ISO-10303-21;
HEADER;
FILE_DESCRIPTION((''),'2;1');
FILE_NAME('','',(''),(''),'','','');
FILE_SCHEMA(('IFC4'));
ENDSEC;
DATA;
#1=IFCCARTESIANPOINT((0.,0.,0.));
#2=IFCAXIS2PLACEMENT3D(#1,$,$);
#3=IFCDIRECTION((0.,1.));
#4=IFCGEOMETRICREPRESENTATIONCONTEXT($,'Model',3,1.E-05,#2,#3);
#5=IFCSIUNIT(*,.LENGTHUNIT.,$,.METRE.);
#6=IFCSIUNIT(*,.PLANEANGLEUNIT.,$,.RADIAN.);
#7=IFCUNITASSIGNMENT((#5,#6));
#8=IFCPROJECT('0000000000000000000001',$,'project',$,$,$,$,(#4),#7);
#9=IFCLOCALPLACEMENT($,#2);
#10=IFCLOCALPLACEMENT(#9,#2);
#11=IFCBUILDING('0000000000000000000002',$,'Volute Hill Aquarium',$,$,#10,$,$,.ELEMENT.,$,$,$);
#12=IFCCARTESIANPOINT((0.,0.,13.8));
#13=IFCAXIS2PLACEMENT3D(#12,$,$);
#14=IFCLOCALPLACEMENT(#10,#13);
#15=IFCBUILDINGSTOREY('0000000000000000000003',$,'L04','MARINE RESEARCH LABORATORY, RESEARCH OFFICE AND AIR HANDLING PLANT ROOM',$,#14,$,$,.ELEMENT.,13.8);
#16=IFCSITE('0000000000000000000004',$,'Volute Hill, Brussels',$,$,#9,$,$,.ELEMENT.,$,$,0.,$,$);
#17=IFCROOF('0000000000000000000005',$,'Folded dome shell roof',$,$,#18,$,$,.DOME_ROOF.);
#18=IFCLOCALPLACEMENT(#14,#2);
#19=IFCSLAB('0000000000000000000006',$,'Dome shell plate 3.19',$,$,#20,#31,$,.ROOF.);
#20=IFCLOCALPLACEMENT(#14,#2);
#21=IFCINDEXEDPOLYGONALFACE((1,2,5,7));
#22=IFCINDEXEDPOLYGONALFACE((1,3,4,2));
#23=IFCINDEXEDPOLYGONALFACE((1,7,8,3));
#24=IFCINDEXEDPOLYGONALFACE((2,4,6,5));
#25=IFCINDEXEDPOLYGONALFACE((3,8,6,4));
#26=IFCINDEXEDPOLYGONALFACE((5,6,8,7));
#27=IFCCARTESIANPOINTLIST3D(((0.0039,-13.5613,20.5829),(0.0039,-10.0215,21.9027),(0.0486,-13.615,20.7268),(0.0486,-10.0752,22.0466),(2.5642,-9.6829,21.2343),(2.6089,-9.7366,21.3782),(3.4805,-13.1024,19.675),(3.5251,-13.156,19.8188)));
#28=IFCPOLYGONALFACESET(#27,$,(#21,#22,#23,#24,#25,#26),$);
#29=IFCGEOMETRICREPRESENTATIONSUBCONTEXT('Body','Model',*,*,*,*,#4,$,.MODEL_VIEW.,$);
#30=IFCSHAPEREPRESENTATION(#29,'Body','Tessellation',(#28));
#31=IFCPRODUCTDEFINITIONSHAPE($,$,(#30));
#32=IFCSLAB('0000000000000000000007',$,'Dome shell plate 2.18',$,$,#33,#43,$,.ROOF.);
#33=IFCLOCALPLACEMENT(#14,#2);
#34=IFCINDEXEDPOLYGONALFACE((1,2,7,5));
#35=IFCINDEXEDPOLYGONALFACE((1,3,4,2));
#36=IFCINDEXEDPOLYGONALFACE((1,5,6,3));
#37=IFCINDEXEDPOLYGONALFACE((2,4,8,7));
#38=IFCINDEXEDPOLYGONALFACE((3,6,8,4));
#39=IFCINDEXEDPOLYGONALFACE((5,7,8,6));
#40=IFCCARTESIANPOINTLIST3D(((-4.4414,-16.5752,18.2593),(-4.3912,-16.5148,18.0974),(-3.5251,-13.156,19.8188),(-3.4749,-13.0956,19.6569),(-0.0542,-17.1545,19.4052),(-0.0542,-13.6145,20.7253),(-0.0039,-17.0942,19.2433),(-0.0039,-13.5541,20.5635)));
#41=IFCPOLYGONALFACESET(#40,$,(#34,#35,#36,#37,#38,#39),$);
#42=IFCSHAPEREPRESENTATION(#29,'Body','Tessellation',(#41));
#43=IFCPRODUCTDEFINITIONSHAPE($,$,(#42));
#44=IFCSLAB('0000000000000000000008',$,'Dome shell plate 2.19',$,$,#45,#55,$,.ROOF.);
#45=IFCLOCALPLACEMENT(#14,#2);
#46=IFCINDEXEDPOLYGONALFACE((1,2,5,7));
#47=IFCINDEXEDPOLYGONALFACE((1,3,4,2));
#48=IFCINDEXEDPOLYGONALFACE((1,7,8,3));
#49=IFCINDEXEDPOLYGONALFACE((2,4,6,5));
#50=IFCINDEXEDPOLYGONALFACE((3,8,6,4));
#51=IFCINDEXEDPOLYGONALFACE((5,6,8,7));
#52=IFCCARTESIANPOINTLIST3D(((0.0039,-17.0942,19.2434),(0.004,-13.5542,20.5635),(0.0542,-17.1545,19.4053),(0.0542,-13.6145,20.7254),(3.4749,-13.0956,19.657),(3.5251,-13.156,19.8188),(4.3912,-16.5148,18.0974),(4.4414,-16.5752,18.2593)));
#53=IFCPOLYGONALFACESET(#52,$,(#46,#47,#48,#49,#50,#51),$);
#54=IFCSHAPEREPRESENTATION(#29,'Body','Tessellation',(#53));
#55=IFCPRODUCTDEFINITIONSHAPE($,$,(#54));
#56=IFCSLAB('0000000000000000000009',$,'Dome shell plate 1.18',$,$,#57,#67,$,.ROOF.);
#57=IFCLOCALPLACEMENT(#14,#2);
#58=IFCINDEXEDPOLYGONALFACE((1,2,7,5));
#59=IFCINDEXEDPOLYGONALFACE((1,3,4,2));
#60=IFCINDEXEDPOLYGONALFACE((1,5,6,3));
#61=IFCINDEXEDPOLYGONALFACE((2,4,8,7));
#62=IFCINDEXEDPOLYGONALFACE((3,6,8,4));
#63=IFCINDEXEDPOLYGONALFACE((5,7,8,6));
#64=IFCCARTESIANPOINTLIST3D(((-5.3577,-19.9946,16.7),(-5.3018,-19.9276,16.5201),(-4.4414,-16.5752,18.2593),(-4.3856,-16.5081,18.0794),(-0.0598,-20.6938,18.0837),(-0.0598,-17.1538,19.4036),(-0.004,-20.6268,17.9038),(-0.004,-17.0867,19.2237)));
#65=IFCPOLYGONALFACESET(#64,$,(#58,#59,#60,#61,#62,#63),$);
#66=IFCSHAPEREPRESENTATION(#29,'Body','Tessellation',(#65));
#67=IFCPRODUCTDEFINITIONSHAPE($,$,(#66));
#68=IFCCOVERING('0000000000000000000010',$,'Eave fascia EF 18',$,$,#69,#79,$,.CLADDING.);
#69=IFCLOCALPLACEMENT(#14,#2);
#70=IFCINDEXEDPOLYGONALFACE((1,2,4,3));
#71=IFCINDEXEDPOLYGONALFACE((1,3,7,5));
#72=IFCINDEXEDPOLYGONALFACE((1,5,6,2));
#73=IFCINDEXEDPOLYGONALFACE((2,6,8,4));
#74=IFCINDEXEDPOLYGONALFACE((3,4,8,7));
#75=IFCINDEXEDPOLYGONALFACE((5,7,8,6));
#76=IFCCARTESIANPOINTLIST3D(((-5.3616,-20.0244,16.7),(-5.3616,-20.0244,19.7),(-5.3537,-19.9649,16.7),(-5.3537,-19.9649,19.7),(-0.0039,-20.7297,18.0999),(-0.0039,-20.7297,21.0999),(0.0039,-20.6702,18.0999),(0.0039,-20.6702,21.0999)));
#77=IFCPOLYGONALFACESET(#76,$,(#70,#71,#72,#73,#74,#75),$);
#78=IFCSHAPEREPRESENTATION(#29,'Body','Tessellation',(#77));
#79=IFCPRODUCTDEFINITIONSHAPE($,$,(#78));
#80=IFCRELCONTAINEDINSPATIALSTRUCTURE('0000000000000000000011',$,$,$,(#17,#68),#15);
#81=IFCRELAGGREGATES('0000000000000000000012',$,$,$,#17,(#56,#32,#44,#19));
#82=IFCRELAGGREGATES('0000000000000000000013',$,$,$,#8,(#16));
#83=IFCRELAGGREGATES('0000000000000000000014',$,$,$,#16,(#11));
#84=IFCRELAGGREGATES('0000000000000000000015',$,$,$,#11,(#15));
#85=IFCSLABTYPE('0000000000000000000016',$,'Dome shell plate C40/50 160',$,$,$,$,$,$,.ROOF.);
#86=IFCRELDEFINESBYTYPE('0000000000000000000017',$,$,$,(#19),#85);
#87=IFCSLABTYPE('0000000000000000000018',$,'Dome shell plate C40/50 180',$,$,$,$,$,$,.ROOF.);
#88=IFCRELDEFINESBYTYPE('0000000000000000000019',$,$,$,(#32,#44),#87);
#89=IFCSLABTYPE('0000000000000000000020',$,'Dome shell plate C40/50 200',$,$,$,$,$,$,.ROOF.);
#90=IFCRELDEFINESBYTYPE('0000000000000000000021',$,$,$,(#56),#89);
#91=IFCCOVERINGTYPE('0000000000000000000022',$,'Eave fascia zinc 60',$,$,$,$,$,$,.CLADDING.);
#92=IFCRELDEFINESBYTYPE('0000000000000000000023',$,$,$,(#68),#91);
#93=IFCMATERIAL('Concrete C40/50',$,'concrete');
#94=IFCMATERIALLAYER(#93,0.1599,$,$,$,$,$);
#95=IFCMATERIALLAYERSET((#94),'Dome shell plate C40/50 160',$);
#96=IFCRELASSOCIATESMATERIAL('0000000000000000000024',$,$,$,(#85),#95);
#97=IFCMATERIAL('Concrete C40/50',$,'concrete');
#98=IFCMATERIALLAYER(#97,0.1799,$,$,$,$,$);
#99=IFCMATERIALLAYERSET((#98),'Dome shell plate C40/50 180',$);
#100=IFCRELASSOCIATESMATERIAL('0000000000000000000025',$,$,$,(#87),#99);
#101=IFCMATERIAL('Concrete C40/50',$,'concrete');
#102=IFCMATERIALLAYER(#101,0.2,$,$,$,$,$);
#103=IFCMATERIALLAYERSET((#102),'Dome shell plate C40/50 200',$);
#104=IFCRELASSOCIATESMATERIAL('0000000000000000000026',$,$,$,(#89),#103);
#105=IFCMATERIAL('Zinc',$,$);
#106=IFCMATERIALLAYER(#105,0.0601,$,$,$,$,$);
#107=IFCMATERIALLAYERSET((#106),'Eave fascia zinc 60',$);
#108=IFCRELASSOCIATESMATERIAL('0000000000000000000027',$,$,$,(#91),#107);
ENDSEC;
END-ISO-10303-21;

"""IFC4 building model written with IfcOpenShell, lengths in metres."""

from ifc_helpers import new_model, si_unit, direction, frame, origin, place, context, subcontext, project, spatial, polyline, outline, extrude, material, layer, layer_set, type_object, element, aggregate, save


model = new_model("IFC4")

# Units and contexts
model_context = context("Model", 3, precision=1e-05, world=origin(), true_north=direction((0.0, 1.0)))
body_context = subcontext(model_context, "Body", "Model", "MODEL_VIEW")
ifc_project = project(units=[si_unit("LENGTHUNIT", "METRE"), si_unit("PLANEANGLEUNIT", "RADIAN")], contexts=[model_context])

# Site, building, storey
site_placement = place(None, origin())
site = spatial("IfcSite", under=ifc_project, at=site_placement, Name="Volute Hill, Brussels", CompositionType="ELEMENT", RefElevation=0.0)
building_placement = place(site_placement, origin())
building = spatial("IfcBuilding", under=site, at=building_placement, Name="Volute Hill Aquarium", CompositionType="ELEMENT")
storey_placement = place(building_placement, frame((0.0, 0.0, 13.8)))
storey = spatial("IfcBuildingStorey", under=building, at=storey_placement, Name="L04", Description="MARINE RESEARCH LABORATORY, RESEARCH OFFICE AND AIR HANDLING PLANT ROOM", CompositionType="ELEMENT", Elevation=13.8)

# Roof, slabs
roof_placement = place(storey_placement, origin())
roof = element("IfcRoof", 1, at=roof_placement, inside=storey, Name="Folded dome shell roof", PredefinedType="DOME_ROOF")
ifc_material_1 = material(Name="Concrete C40/50", Category="concrete")
ifc_layer_1 = layer(ifc_material_1, 0.1599)
ifc_layer_set_1 = layer_set([ifc_layer_1], Name="Dome shell plate C40/50 160")
slab_type_1 = type_object("IfcSlabType", Name="Dome shell plate C40/50 160", PredefinedType="ROOF", material=ifc_layer_set_1)
slab_1_placement = place(storey_placement, frame((0.0486, -13.615, 20.7268), z_axis=(0.279264, -0.335457, 0.899711), x_axis=(0.959748, 0.126709, -0.250656)))
slab_1 = element("IfcSlab", 2, at=slab_1_placement, type_object=slab_type_1, Name="Dome shell plate 3.19", PredefinedType="ROOF", context=body_context, shape_type="SweptSolid", body=[
    extrude(outline(polyline([(0.0, 0.0), (3.6224, 0.0), (2.7854, 3.7766), (0.1177, 3.776), (0.0, 0.0)])), origin(), (0.0, 0.0, -1.0), 0.1599),
])
ifc_material_2 = material(Name="Concrete C40/50", Category="concrete")
ifc_layer_2 = layer(ifc_material_2, 0.1799)
ifc_layer_set_2 = layer_set([ifc_layer_2], Name="Dome shell plate C40/50 180")
slab_type_2 = type_object("IfcSlabType", Name="Dome shell plate C40/50 180", PredefinedType="ROOF", material=ifc_layer_set_2)
slab_2_placement = place(storey_placement, frame((-4.4414, -16.5752, 18.2593), z_axis=(-0.279301, -0.335504, 0.899682), x_axis=(0.959738, -0.126732, 0.250684)))
slab_2 = element("IfcSlab", 3, at=slab_2_placement, type_object=slab_type_2, Name="Dome shell plate 2.18", PredefinedType="ROOF", context=body_context, shape_type="SweptSolid", body=[
    extrude(outline(polyline([(0.0, 0.0), (4.5713, 0.0), (4.4536, 3.7763), (0.837, 3.7765), (0.0, 0.0)])), origin(), (0.0, 0.0, -1.0), 0.1799),
])
slab_3_placement = place(storey_placement, frame((0.0542, -17.1545, 19.4053), z_axis=(0.279301, -0.335504, 0.899682), x_axis=(0.959738, 0.126732, -0.250684)))
slab_3 = element("IfcSlab", 4, at=slab_3_placement, type_object=slab_type_2, Name="Dome shell plate 2.19", PredefinedType="ROOF", context=body_context, shape_type="SweptSolid", body=[
    extrude(outline(polyline([(0.0, 0.0), (4.5713, 0.0), (3.7343, 3.7765), (0.1177, 3.7763), (0.0, 0.0)])), origin(), (0.0, 0.0, -1.0), 0.1799),
])
ifc_material_3 = material(Name="Concrete C40/50", Category="concrete")
ifc_layer_3 = layer(ifc_material_3, 0.2)
ifc_layer_set_3 = layer_set([ifc_layer_3], Name="Dome shell plate C40/50 200")
slab_type_3 = type_object("IfcSlabType", Name="Dome shell plate C40/50 200", PredefinedType="ROOF", material=ifc_layer_set_3)
slab_4_placement = place(storey_placement, frame((-5.3577, -19.9946, 16.7), z_axis=(-0.279271, -0.335446, 0.899713), x_axis=(0.959747, -0.126667, 0.250679)))
slab_4 = element("IfcSlab", 5, at=slab_4_placement, type_object=slab_type_3, Name="Dome shell plate 1.18", PredefinedType="ROOF", context=body_context, shape_type="SweptSolid", body=[
    extrude(outline(polyline([(0.0, 0.0), (5.5201, 0.0), (5.4025, 3.7762), (0.8371, 3.7766), (0.0, 0.0)])), origin(), (0.0, 0.0, -1.0), 0.2),
])
aggregate(roof, [slab_4, slab_2, slab_3, slab_1])

# Covering
ifc_material_4 = material(Name="Zinc")
ifc_layer_4 = layer(ifc_material_4, 0.0601)
ifc_layer_set_4 = layer_set([ifc_layer_4], Name="Eave fascia zinc 60")
covering_type = type_object("IfcCoveringType", Name="Eave fascia zinc 60", PredefinedType="CLADDING", material=ifc_layer_set_4)
covering_placement = place(storey_placement, frame((-5.3616, -20.0244, 16.7), z_axis=(-0.130521, -0.991446, 0.0), x_axis=(0.959764, -0.12635, 0.250776)))
element("IfcCovering", 6, at=covering_placement, inside=storey, type_object=covering_type, Name="Eave fascia EF 18", PredefinedType="CLADDING", context=body_context, shape_type="SweptSolid", body=[
    extrude(outline(polyline([(0.0, 0.0), (5.5823, 0.0), (6.3346, 2.9041), (0.7523, 2.9041), (0.0, 0.0)])), origin(), (0.0, 0.0, -1.0), 0.0601),
])

save(model, "model.ifc")
